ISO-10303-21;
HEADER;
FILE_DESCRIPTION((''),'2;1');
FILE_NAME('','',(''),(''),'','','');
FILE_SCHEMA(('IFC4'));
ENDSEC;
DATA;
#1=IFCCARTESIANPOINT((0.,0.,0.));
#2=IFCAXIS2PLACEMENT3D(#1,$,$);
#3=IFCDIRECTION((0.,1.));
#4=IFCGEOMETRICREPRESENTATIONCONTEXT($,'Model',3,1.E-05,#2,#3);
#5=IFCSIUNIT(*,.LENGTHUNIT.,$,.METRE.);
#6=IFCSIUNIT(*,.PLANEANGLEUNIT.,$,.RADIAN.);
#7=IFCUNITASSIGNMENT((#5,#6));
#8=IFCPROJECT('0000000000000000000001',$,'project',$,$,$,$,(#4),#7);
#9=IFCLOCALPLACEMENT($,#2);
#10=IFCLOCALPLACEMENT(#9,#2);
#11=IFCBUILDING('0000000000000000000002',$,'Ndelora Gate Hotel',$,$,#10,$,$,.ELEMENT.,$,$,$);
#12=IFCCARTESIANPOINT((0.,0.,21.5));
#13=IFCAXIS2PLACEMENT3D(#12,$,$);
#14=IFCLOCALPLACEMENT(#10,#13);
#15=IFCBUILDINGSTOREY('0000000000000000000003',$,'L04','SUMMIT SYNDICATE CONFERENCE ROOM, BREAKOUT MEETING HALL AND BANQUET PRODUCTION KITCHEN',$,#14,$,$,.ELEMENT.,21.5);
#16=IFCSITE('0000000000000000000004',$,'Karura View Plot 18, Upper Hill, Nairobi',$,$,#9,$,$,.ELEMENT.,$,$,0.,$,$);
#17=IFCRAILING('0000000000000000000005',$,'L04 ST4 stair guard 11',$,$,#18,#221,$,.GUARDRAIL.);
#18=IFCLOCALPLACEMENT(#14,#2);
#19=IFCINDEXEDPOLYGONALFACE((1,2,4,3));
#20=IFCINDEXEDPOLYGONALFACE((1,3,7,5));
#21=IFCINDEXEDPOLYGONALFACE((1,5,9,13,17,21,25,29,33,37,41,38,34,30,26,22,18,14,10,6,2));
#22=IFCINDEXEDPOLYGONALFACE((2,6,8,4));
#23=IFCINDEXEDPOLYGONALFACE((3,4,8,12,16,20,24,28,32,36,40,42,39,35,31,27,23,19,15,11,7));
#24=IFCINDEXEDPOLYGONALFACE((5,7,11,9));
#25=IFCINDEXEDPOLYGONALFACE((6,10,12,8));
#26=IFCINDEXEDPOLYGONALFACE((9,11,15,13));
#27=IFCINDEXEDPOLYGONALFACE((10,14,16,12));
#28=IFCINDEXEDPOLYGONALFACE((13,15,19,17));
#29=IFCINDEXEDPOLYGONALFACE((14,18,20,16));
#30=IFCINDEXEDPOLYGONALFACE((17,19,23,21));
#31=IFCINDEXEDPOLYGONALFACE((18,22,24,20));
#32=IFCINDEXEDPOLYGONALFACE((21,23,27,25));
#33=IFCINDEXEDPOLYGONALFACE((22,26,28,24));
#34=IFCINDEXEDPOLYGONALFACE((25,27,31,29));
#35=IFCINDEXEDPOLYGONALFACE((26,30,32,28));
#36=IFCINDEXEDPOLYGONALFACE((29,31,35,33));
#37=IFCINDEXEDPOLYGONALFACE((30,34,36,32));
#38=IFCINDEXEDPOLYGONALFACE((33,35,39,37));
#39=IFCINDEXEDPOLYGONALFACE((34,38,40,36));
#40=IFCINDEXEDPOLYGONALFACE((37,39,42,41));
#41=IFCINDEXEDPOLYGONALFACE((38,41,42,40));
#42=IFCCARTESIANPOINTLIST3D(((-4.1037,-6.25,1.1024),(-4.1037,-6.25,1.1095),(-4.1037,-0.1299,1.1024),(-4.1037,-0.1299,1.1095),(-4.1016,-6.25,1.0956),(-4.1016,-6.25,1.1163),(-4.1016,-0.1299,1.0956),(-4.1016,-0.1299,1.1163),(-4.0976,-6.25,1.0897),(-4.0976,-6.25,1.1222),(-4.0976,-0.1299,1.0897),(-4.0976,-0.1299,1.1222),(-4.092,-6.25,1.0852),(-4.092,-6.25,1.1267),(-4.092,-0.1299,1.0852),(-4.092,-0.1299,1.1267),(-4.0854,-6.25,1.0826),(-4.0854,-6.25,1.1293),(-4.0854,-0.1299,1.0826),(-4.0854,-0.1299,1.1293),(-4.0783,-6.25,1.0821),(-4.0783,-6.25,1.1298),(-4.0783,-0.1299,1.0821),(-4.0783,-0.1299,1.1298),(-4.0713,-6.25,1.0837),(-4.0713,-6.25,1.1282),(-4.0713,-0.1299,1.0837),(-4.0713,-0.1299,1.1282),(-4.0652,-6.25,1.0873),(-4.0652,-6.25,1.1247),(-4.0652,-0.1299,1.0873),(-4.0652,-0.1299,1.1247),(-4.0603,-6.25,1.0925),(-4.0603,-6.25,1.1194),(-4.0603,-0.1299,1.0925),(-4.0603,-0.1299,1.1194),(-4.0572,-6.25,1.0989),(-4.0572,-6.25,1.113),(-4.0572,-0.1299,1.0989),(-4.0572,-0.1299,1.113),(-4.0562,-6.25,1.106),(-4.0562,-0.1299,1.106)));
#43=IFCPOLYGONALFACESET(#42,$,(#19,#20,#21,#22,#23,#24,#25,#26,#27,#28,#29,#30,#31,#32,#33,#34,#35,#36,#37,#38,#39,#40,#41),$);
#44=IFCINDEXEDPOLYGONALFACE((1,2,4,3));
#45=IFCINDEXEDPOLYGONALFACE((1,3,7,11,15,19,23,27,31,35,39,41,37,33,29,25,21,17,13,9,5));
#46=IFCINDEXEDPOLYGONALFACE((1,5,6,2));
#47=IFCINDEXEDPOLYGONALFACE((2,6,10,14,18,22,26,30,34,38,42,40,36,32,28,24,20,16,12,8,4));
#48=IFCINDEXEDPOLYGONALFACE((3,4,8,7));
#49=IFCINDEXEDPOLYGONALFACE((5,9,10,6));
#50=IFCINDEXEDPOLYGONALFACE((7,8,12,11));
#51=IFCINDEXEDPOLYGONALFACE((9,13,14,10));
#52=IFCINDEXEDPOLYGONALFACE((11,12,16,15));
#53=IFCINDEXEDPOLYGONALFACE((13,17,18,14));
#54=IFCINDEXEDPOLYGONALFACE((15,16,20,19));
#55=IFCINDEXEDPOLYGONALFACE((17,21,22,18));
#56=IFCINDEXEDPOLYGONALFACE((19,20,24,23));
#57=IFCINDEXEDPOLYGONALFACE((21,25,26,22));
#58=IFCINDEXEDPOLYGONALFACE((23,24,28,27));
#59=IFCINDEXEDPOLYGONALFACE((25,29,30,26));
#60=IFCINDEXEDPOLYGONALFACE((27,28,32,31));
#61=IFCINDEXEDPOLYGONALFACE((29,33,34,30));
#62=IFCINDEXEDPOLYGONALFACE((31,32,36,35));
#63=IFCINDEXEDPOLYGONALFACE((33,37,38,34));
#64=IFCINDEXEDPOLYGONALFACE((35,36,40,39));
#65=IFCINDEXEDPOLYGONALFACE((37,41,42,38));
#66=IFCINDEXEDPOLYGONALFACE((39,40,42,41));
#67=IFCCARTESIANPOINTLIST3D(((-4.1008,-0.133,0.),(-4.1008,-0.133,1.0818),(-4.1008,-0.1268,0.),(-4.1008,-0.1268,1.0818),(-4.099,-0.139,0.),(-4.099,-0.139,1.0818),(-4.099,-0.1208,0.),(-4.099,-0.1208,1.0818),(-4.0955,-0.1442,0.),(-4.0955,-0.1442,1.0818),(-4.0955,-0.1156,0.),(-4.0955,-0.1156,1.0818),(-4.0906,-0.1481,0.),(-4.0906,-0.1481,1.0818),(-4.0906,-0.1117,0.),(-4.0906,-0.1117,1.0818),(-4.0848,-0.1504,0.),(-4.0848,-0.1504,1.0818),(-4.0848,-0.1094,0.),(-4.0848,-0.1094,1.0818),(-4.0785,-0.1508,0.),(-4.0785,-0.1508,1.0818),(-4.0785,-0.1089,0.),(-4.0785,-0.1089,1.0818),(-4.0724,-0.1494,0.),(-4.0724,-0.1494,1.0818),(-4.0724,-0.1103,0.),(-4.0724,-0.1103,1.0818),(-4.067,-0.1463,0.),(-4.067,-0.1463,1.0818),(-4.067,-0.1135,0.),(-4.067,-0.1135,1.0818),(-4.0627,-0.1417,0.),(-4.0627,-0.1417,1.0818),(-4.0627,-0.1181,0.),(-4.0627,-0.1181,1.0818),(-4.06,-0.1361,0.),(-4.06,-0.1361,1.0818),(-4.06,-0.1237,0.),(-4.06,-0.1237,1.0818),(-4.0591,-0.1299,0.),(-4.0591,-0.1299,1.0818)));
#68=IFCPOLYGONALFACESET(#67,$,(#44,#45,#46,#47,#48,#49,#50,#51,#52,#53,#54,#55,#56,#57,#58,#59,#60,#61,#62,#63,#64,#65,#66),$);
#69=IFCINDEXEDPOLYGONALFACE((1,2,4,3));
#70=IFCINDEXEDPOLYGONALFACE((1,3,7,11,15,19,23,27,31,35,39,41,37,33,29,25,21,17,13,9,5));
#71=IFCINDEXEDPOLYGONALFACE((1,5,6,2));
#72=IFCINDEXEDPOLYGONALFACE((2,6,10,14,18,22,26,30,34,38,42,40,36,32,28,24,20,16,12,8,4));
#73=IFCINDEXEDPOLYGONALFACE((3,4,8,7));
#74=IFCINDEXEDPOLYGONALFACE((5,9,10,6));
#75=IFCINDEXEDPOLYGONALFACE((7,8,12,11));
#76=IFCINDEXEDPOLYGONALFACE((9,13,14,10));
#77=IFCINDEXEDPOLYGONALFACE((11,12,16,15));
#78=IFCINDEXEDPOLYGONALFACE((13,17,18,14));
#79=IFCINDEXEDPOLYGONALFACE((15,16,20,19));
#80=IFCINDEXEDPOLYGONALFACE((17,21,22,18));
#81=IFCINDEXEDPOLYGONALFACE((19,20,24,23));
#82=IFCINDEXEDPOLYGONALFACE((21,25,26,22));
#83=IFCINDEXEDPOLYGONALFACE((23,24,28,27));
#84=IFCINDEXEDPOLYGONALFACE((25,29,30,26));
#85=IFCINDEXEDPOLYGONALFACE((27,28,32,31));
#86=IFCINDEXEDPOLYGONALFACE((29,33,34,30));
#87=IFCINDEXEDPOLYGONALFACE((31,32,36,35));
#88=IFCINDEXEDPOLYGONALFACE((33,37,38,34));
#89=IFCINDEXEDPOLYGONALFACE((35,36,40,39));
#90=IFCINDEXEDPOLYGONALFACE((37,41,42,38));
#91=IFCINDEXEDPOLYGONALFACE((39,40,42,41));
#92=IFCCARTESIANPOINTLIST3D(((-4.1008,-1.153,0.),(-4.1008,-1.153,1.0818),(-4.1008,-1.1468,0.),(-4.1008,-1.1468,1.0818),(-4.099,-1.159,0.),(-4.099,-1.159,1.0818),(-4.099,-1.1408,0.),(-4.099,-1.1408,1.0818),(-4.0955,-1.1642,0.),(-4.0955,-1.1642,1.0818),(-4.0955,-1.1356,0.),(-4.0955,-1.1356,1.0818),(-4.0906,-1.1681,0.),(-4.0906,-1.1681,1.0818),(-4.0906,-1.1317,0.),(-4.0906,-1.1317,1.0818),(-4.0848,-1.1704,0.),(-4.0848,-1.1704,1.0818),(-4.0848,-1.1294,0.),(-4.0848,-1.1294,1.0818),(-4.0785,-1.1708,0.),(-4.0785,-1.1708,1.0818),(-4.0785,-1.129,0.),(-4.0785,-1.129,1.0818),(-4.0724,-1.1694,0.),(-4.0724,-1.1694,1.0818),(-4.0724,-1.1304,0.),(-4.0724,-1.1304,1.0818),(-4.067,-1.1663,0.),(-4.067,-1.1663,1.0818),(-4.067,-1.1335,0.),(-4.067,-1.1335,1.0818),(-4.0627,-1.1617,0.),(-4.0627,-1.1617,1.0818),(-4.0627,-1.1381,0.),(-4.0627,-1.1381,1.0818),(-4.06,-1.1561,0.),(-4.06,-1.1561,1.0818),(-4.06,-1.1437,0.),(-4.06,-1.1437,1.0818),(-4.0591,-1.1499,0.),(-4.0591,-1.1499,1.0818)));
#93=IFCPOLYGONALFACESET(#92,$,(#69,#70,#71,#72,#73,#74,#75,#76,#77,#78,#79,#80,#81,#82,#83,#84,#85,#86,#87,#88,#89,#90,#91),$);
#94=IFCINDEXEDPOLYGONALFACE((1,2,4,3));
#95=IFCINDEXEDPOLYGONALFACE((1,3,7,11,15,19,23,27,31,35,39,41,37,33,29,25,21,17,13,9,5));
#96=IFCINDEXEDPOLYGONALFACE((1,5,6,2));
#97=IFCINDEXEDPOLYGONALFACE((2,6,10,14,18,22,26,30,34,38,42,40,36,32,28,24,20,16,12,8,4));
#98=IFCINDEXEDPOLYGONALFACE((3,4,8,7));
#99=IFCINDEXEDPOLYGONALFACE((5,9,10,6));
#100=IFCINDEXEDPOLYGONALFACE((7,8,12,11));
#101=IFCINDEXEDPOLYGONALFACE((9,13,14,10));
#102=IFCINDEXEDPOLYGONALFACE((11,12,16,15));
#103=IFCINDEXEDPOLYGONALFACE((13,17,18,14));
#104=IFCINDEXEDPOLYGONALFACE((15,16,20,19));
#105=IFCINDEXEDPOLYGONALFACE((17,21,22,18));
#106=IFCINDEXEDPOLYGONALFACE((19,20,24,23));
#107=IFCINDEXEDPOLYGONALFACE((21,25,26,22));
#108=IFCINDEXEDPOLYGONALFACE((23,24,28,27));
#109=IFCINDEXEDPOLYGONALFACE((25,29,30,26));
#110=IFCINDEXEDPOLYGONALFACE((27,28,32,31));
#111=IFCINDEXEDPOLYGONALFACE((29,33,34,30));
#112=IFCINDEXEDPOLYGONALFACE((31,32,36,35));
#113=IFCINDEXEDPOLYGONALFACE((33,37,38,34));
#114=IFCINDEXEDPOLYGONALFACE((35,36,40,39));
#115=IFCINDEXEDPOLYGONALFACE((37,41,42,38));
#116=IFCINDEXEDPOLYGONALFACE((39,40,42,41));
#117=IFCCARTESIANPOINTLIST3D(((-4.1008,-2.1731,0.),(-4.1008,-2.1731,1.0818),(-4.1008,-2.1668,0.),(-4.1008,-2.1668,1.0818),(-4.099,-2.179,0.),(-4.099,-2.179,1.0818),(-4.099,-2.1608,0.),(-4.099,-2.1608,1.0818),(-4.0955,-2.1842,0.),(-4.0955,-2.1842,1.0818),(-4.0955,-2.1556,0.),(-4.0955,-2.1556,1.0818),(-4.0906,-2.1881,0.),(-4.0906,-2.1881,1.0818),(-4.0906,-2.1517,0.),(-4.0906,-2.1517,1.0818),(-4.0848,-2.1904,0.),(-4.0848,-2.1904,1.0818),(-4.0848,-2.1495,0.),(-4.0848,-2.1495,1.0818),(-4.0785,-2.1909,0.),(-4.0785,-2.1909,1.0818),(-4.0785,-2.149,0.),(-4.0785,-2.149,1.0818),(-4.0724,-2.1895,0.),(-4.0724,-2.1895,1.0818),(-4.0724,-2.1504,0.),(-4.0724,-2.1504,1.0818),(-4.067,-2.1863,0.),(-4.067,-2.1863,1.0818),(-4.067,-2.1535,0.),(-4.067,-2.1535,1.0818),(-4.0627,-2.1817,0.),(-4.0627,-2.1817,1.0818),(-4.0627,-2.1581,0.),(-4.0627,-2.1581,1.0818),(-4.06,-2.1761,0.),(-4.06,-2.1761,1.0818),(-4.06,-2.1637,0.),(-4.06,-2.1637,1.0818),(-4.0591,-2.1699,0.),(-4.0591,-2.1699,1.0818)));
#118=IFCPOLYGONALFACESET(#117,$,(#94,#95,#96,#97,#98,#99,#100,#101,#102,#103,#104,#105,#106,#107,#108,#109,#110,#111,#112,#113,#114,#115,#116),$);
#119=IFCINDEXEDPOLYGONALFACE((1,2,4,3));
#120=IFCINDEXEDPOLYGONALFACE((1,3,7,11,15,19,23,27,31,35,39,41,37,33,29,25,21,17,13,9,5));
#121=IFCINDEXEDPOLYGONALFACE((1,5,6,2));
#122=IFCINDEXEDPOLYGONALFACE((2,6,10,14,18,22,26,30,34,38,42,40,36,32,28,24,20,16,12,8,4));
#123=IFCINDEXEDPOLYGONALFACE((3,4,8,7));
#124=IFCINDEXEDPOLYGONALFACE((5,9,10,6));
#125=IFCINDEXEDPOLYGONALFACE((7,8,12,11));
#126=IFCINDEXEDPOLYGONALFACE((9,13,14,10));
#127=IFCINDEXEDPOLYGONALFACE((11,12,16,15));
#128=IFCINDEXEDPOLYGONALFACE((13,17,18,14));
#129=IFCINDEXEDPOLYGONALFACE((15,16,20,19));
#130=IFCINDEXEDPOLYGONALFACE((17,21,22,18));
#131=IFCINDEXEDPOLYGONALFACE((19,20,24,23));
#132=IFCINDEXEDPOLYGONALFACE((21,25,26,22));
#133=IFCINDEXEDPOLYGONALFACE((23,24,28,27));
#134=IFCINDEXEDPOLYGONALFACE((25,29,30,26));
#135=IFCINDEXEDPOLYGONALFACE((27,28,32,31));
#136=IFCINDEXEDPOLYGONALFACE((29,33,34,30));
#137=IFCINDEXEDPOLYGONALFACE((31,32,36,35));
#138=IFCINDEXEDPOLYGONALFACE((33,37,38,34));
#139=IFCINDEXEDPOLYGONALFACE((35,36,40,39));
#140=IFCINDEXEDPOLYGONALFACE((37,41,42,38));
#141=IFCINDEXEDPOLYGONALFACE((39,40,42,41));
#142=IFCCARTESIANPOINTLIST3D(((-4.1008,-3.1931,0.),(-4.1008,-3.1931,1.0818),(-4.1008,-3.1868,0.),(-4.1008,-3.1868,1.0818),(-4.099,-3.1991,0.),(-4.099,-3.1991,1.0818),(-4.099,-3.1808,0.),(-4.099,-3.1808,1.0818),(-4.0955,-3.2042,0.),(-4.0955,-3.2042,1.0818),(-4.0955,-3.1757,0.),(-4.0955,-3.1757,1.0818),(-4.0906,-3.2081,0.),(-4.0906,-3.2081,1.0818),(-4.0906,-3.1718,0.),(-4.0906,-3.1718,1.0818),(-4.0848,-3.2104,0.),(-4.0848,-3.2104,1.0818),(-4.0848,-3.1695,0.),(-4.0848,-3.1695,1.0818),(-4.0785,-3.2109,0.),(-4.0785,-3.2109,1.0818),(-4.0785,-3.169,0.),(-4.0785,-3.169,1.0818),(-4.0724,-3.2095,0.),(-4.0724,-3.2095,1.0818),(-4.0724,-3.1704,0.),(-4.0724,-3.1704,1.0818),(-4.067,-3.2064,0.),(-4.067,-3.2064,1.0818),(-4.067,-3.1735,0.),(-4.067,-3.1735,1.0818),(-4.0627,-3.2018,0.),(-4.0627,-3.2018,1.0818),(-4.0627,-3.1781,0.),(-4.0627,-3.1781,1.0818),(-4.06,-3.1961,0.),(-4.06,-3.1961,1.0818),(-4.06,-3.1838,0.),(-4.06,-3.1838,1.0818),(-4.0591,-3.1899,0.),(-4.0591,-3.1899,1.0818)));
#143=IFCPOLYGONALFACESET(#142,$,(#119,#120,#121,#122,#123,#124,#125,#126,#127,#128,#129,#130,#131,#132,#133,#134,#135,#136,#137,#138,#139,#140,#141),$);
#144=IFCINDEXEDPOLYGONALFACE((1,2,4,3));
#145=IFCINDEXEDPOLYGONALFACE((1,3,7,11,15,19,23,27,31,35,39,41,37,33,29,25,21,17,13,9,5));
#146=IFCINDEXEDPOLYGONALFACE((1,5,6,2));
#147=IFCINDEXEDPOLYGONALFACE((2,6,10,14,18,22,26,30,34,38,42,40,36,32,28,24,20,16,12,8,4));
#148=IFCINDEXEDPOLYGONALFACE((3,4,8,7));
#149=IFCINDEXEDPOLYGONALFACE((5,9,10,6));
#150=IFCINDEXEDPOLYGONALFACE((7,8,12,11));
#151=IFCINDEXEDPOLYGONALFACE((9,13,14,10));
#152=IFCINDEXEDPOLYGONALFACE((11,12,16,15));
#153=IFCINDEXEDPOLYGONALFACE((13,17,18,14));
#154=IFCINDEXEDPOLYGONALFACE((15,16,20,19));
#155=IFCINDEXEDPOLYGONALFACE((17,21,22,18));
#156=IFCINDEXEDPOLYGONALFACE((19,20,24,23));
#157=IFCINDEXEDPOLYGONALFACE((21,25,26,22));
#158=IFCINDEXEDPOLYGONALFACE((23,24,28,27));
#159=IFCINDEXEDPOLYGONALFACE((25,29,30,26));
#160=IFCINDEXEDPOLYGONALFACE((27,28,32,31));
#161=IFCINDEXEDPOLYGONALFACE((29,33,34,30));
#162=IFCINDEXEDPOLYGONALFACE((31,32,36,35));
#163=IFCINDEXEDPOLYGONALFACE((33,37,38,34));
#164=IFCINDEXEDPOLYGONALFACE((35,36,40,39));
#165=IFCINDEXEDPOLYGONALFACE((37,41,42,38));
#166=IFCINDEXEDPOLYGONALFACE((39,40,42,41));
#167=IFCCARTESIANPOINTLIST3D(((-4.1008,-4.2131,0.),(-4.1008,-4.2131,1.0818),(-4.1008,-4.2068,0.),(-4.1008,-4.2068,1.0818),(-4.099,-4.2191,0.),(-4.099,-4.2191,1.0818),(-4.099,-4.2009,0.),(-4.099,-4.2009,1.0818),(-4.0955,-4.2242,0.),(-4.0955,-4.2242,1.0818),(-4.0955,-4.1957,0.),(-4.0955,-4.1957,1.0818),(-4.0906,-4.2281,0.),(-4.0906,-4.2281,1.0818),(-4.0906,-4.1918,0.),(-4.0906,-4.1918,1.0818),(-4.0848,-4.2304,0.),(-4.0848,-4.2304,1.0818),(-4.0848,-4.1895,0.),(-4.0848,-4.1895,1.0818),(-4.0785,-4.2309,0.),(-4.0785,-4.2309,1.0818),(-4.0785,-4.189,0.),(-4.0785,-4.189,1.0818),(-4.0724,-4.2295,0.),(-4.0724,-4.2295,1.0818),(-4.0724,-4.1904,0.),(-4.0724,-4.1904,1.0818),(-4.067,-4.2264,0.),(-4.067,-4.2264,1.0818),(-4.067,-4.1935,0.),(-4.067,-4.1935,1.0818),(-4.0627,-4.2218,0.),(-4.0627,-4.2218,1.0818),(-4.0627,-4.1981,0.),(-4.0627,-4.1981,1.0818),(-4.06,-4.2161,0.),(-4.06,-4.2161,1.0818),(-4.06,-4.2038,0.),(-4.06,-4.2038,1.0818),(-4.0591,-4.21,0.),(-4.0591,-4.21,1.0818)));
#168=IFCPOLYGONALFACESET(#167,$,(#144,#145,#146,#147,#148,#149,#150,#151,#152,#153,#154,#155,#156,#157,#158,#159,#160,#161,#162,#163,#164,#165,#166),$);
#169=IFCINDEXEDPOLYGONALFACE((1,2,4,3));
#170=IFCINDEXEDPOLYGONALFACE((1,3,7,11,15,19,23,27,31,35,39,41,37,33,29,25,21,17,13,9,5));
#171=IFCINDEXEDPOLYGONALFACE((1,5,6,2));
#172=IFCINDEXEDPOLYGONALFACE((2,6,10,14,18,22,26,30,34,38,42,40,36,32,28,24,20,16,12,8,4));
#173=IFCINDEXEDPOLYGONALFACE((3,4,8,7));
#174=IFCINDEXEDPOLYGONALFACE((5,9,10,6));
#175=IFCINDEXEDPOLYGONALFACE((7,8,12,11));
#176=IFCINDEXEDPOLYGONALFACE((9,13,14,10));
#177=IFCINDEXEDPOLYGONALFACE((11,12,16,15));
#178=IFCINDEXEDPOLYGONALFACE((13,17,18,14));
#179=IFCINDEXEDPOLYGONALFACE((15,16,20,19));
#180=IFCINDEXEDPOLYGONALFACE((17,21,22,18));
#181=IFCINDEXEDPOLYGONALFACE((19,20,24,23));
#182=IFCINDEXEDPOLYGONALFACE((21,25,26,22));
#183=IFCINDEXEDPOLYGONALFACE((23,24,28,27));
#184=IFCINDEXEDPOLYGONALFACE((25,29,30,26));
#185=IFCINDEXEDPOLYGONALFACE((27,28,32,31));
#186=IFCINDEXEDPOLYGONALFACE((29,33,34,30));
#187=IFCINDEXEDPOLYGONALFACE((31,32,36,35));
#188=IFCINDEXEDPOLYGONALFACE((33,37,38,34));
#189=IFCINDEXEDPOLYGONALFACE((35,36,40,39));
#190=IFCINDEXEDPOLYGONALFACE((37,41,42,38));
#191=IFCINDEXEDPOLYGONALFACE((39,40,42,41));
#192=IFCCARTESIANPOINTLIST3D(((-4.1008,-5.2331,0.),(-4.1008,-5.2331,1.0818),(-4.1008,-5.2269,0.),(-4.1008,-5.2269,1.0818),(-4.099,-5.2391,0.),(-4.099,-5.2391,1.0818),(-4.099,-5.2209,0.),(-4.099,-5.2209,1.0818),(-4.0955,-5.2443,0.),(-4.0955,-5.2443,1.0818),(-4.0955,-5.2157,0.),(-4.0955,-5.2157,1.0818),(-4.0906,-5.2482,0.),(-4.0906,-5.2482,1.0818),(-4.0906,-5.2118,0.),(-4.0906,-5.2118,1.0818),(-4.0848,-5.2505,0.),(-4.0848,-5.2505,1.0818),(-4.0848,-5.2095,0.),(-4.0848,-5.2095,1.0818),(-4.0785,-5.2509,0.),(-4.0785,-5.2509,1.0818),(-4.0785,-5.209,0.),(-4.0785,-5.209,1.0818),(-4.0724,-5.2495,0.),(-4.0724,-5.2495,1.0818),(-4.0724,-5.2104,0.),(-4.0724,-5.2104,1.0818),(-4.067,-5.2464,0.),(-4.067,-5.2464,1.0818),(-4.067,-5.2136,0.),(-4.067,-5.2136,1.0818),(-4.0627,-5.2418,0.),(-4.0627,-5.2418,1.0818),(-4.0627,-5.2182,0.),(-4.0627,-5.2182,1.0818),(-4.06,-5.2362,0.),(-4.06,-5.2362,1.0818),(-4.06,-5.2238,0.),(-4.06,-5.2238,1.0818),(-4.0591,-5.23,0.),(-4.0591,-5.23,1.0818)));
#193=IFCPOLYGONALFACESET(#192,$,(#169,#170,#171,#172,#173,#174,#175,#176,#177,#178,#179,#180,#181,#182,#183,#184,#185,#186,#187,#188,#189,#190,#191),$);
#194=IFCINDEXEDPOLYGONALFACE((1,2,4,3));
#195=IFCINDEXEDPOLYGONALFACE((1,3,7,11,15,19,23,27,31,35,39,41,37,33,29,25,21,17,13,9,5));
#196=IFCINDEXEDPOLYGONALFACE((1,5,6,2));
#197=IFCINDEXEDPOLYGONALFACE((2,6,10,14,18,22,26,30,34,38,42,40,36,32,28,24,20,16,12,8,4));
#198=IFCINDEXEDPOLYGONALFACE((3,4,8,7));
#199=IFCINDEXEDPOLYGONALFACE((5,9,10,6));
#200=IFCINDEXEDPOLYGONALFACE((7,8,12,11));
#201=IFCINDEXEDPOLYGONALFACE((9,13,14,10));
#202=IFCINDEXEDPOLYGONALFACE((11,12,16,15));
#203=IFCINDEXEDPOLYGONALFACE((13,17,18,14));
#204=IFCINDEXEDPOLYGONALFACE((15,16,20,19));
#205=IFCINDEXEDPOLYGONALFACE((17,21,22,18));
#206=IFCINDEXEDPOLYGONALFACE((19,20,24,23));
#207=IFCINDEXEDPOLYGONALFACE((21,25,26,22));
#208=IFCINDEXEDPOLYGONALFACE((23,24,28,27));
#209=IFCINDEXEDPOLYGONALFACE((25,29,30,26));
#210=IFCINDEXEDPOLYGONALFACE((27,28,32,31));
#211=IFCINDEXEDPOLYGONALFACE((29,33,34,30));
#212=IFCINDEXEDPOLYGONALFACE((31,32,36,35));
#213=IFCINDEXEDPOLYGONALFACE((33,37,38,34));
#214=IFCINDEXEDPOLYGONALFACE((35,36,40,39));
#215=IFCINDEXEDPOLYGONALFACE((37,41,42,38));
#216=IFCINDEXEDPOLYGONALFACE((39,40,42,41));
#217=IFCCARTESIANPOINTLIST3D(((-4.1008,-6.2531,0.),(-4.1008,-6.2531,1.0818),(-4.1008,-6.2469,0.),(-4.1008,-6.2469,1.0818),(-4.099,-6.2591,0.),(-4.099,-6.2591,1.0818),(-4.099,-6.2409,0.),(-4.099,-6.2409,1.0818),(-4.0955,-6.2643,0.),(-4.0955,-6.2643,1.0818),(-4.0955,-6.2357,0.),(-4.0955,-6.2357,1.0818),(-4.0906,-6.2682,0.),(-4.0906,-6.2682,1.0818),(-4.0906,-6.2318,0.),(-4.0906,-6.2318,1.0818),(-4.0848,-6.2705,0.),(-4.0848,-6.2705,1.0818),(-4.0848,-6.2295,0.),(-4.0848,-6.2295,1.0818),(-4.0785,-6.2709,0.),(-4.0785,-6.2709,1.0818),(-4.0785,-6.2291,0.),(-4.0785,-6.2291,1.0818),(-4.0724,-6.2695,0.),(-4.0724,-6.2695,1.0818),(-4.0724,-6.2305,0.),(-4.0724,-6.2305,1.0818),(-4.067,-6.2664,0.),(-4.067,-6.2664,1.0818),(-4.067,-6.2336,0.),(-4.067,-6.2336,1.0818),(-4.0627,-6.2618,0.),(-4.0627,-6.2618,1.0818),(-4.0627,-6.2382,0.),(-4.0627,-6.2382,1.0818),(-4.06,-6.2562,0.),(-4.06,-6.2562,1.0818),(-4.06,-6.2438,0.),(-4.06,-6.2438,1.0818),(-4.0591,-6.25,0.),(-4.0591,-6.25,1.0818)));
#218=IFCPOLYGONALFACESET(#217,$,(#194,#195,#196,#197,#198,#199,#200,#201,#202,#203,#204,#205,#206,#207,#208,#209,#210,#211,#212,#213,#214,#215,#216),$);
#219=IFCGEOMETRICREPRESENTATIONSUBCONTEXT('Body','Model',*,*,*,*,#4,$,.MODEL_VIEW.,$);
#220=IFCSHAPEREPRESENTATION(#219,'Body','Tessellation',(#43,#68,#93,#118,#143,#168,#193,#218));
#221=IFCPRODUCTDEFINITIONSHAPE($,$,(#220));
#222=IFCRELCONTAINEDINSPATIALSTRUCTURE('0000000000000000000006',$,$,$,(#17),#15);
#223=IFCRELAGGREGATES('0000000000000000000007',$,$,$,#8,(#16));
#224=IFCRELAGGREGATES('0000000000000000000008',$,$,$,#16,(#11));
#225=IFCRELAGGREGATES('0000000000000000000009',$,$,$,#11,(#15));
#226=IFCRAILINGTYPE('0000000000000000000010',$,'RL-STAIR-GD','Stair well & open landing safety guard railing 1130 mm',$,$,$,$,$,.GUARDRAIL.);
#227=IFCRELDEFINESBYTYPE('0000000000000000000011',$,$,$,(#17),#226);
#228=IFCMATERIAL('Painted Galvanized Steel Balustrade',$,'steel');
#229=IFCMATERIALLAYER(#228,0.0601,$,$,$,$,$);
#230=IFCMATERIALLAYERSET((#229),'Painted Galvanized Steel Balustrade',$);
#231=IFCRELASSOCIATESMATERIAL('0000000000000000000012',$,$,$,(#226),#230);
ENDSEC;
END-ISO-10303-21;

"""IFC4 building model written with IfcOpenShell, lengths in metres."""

from ifc_helpers import new_model, si_unit, direction, frame, origin, origin_2d, place, context, subcontext, project, spatial, circle, extrude, material, layer, layer_set, type_object, element, save


model = new_model("IFC4")

# Units and contexts
model_context = context("Model", 3, precision=1e-05, world=origin(), true_north=direction((0.0, 1.0)))
body_context = subcontext(model_context, "Body", "Model", "MODEL_VIEW")
ifc_project = project(units=[si_unit("LENGTHUNIT", "METRE"), si_unit("PLANEANGLEUNIT", "RADIAN")], contexts=[model_context])

# Site, building, storey
site_placement = place(None, origin())
site = spatial("IfcSite", under=ifc_project, at=site_placement, Name="Karura View Plot 18, Upper Hill, Nairobi", CompositionType="ELEMENT", RefElevation=0.0)
building_placement = place(site_placement, origin())
building = spatial("IfcBuilding", under=site, at=building_placement, Name="Ndelora Gate Hotel", CompositionType="ELEMENT")
storey_placement = place(building_placement, frame((0.0, 0.0, 21.5)))
storey = spatial("IfcBuildingStorey", under=building, at=storey_placement, Name="L04", Description="SUMMIT SYNDICATE CONFERENCE ROOM, BREAKOUT MEETING HALL AND BANQUET PRODUCTION KITCHEN", CompositionType="ELEMENT", Elevation=21.5)

# Railing
ifc_material_1 = material(Name="Painted Galvanized Steel Balustrade", Category="steel")
ifc_layer_1 = layer(ifc_material_1, 0.0601)
ifc_layer_set_1 = layer_set([ifc_layer_1], Name="Painted Galvanized Steel Balustrade")
railing_type_1 = type_object("IfcRailingType", Name="RL-STAIR-GD", Description="Stair well & open landing safety guard railing 1130 mm", PredefinedType="GUARDRAIL", material=ifc_layer_set_1)
railing_1_placement = place(storey_placement, frame((-4.0801, -0.1299, 0.0)))
element("IfcRailing", 1, at=railing_1_placement, inside=storey, type_object=railing_type_1, Name="L04 ST4 stair guard 11", PredefinedType="GUARDRAIL", context=body_context, shape_type="SweptSolid", body=[
    extrude(circle(Radius=0.0239, at=origin_2d()), frame((0.0, 0.0, 1.106), z_axis=(0.0, -1.0, 0.0), x_axis=(1.0, 0.0, 0.0)), (0.0, 0.0, 1.0), 6.1201),
    extrude(circle(Radius=0.021, at=origin_2d()), origin(), (0.0, 0.0, 1.0), 1.0818),
    extrude(circle(Radius=0.021, at=origin_2d()), frame((0.0, -1.02, 0.0)), (0.0, 0.0, 1.0), 1.0818),
    extrude(circle(Radius=0.021, at=origin_2d()), frame((0.0, -2.04, 0.0)), (0.0, 0.0, 1.0), 1.0818),
    extrude(circle(Radius=0.021, at=origin_2d()), frame((0.0, -3.0601, 0.0)), (0.0, 0.0, 1.0), 1.0818),
    extrude(circle(Radius=0.021, at=origin_2d()), frame((0.0, -4.0801, 0.0)), (0.0, 0.0, 1.0), 1.0818),
    extrude(circle(Radius=0.021, at=origin_2d()), frame((0.0, -5.1001, 0.0)), (0.0, 0.0, 1.0), 1.0818),
    extrude(circle(Radius=0.021, at=origin_2d()), frame((0.0, -6.1201, 0.0)), (0.0, 0.0, 1.0), 1.0818),
])

save(model, "model.ifc")
